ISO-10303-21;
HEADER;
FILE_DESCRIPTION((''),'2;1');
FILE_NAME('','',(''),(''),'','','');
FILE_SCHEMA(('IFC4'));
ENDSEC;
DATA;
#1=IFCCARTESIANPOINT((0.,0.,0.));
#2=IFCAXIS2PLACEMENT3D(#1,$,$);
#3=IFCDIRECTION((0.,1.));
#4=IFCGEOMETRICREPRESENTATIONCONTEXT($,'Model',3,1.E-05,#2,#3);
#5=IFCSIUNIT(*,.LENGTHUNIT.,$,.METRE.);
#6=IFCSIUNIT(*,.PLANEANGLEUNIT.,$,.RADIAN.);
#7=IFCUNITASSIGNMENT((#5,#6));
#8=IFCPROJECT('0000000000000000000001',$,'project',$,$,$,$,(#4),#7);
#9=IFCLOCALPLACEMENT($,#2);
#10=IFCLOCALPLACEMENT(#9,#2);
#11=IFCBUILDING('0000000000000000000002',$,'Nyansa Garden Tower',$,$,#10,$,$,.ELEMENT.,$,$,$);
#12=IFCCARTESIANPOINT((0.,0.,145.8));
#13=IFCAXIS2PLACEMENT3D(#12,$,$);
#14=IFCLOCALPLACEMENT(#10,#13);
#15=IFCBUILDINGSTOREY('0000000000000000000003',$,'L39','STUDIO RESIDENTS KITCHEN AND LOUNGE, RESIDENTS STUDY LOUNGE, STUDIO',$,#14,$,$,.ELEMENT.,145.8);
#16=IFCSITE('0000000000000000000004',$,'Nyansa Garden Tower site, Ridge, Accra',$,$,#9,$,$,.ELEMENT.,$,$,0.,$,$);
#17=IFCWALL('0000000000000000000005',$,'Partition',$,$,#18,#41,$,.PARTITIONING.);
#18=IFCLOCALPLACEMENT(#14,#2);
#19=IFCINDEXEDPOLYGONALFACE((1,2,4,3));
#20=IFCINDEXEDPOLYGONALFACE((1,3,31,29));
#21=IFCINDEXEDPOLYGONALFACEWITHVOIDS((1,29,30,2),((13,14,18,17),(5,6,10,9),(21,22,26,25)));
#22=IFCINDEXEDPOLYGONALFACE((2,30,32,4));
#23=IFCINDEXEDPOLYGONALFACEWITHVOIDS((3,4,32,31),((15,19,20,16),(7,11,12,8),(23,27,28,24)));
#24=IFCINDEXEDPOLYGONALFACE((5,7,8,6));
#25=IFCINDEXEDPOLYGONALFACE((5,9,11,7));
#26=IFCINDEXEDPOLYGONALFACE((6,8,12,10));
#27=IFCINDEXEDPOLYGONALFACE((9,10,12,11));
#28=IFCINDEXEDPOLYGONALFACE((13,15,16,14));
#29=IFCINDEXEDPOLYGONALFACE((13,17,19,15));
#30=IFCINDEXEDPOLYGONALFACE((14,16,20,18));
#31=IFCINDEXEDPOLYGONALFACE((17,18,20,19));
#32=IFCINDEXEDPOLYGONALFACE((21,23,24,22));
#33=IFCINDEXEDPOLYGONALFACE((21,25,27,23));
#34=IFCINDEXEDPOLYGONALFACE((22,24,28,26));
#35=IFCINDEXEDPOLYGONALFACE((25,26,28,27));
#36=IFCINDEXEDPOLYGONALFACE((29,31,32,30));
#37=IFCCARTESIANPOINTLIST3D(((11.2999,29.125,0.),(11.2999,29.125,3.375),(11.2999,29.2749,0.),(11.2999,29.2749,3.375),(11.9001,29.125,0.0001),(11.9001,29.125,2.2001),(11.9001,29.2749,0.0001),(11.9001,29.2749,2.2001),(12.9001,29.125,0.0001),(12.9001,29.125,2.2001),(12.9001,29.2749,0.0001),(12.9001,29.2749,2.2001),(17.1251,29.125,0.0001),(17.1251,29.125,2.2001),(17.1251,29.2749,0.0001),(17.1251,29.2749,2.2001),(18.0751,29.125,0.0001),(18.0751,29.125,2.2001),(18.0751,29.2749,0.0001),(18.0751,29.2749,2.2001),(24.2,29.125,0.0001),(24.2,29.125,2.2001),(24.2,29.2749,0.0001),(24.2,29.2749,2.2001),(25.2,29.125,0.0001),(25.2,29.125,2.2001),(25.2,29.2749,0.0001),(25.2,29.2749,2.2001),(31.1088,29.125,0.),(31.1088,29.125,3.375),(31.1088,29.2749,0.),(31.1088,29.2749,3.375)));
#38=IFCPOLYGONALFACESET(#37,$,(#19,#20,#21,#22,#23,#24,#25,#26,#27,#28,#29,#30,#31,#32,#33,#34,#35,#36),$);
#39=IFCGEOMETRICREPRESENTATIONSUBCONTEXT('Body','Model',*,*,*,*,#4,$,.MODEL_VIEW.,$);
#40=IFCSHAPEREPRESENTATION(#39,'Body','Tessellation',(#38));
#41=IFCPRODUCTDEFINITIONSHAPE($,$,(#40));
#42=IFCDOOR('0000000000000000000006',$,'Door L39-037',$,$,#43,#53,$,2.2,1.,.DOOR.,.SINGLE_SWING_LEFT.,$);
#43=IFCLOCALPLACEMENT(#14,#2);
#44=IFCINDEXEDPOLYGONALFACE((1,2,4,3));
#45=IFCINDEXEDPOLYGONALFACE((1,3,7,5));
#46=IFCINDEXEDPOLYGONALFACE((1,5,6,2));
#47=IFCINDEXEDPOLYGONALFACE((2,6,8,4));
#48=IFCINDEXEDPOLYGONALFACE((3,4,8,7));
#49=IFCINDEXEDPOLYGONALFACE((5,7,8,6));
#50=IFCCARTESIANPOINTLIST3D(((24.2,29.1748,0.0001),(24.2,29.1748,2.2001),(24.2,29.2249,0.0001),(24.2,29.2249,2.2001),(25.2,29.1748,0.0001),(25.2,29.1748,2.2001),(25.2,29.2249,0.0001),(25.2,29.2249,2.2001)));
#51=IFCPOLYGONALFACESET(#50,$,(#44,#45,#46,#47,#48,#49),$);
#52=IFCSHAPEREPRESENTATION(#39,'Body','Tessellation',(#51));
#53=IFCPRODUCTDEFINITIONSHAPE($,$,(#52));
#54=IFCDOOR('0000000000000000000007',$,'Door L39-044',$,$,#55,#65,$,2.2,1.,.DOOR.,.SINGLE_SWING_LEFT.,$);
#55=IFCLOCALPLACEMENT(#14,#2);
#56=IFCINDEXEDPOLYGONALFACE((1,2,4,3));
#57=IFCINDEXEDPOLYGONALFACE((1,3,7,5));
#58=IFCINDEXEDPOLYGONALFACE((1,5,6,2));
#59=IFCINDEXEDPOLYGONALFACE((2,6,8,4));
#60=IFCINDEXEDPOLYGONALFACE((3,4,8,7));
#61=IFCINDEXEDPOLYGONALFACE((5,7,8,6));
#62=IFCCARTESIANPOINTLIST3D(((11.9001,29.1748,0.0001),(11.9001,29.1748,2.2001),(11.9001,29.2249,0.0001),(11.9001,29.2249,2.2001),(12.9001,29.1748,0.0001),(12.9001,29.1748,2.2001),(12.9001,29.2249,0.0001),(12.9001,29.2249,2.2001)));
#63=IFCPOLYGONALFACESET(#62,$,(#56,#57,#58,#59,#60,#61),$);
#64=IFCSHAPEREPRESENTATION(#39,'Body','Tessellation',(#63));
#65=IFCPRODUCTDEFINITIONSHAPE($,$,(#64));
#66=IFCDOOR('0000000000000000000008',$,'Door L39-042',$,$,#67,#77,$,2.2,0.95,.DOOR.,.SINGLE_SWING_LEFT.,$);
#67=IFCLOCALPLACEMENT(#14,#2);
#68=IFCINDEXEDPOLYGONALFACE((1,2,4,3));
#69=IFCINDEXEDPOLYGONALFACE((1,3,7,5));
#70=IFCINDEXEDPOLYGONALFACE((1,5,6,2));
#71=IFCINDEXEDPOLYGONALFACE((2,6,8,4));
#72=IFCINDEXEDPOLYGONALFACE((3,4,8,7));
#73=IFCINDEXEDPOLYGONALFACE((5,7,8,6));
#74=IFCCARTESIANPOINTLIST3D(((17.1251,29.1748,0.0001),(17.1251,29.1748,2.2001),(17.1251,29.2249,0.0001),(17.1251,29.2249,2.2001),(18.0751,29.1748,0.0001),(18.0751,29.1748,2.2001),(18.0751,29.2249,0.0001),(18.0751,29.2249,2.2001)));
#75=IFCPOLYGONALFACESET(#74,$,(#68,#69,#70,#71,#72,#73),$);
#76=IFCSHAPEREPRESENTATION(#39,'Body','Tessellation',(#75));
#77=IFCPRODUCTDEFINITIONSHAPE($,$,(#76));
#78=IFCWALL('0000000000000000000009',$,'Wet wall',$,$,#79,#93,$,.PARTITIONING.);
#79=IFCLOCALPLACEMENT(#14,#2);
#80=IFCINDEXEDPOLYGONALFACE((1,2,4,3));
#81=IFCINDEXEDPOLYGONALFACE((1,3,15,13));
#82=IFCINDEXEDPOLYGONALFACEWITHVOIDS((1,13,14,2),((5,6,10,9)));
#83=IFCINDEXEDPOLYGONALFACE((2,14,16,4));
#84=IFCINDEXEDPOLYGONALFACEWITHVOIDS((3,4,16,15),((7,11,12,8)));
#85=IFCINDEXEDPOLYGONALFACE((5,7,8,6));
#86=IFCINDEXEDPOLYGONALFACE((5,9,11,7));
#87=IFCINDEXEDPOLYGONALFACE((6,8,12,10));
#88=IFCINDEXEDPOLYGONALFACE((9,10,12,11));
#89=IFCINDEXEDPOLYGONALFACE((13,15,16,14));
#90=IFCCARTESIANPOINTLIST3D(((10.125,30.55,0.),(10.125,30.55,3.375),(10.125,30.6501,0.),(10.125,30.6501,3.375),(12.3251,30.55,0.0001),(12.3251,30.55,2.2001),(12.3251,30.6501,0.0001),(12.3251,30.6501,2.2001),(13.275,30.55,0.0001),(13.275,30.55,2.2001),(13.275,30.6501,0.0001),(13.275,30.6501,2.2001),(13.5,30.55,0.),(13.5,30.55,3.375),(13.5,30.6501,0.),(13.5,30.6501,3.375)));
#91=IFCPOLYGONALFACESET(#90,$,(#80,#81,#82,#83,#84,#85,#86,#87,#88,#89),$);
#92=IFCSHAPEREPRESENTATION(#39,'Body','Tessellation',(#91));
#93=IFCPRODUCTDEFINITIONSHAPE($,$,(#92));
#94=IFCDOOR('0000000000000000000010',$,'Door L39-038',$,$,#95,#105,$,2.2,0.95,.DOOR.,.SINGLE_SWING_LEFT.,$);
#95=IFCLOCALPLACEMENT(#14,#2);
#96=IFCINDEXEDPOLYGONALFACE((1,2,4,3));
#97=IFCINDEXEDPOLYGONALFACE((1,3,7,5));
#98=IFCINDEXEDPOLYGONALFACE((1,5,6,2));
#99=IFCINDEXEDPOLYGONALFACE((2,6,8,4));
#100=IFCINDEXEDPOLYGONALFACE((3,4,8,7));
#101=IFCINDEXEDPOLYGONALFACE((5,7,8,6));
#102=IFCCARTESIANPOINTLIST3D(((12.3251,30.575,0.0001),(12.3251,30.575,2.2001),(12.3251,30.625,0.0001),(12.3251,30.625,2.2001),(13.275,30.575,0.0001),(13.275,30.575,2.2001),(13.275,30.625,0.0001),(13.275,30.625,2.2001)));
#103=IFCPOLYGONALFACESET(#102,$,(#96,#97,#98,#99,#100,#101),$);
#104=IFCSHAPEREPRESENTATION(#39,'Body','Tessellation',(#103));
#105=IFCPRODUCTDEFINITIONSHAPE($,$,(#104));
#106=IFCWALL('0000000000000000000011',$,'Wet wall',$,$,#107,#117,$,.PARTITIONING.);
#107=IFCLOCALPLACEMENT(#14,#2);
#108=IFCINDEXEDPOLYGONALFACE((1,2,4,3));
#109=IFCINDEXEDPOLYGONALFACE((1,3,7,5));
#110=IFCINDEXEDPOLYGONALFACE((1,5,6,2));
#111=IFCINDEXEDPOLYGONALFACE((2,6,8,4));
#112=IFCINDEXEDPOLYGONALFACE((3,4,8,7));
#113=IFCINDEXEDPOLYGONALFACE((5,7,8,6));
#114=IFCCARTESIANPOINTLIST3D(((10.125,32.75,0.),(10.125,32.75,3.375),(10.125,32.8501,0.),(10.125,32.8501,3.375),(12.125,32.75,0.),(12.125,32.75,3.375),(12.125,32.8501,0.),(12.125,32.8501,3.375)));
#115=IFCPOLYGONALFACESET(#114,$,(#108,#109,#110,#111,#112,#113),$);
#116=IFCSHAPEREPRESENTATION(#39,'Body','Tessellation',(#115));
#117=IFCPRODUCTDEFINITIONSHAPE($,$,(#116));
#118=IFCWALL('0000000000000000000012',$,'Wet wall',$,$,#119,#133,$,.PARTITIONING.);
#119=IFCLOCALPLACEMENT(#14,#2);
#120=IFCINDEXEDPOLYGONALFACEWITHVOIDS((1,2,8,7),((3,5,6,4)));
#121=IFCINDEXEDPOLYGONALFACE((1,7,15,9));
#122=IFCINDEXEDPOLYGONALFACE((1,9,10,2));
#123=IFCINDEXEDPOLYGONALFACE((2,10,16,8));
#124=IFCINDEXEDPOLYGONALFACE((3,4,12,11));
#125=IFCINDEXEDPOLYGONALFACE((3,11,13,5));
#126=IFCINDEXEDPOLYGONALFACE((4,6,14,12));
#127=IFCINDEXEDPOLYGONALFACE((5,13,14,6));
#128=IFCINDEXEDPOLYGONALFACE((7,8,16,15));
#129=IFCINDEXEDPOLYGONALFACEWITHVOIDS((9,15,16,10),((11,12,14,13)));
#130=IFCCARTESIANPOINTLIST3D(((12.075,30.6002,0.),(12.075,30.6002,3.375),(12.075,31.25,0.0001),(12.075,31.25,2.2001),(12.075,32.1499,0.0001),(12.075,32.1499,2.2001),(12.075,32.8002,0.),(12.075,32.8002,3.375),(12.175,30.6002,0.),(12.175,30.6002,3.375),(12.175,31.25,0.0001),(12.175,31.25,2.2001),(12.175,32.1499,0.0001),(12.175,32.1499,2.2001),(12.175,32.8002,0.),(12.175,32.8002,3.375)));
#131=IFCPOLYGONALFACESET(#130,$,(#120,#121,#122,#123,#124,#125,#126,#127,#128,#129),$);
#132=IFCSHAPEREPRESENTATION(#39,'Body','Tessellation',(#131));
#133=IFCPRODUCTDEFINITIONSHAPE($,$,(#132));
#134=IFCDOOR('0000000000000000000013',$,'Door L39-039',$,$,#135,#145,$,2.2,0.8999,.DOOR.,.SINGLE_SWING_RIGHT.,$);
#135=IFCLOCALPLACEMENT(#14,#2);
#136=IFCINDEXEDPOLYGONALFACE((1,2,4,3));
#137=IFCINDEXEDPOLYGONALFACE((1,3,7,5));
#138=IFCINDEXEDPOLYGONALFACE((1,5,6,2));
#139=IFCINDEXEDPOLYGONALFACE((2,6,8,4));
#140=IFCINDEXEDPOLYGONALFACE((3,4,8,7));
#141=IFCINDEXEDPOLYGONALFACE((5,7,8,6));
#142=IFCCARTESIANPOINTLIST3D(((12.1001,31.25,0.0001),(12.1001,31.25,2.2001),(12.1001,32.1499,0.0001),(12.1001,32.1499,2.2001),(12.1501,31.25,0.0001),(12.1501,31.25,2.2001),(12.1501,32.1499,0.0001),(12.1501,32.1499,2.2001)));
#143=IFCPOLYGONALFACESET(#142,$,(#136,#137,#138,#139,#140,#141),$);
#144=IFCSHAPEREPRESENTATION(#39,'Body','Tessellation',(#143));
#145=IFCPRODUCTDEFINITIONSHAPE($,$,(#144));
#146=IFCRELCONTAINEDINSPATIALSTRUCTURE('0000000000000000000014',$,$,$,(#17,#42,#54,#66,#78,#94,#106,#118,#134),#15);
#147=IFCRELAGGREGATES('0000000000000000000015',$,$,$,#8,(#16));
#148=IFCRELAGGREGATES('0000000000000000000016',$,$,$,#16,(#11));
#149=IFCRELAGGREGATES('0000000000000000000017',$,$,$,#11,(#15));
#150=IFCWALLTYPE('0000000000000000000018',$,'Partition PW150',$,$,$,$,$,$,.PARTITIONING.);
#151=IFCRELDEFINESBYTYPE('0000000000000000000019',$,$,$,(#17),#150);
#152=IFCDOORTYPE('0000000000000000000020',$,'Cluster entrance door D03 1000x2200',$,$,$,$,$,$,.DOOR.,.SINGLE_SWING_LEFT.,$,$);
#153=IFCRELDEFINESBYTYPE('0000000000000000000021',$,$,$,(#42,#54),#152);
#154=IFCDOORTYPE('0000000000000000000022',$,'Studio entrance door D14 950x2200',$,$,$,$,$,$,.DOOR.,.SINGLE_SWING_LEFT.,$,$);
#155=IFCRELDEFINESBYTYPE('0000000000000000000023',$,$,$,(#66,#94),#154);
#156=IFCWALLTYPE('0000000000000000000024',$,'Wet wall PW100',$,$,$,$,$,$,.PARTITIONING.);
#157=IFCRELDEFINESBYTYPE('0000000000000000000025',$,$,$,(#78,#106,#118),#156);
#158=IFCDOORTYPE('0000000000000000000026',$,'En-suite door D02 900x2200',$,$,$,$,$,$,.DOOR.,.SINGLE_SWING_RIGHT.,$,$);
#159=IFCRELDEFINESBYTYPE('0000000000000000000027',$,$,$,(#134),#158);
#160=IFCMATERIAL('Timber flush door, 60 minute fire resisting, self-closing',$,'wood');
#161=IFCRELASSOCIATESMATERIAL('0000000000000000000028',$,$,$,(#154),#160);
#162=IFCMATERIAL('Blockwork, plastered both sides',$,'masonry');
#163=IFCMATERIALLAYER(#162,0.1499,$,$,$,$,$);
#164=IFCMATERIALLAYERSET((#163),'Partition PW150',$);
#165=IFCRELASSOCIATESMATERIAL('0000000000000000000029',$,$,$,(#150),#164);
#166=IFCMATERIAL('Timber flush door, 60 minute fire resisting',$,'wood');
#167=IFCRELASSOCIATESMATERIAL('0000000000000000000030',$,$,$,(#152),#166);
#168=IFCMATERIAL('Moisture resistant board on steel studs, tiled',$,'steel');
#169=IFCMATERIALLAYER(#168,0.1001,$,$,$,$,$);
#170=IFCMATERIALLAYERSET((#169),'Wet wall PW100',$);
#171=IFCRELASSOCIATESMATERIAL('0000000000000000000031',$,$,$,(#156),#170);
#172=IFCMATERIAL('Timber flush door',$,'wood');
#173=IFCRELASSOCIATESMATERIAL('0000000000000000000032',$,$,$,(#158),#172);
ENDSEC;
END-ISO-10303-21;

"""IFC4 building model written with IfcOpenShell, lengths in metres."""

from ifc_helpers import new_model, si_unit, direction, frame, frame_2d, origin, place, context, subcontext, project, spatial, rectangle, extrude, material, layer, layer_set, type_object, element, fill, save


model = new_model("IFC4")

# Units and contexts
model_context = context("Model", 3, precision=1e-05, world=origin(), true_north=direction((0.0, 1.0)))
body_context = subcontext(model_context, "Body", "Model", "MODEL_VIEW")
ifc_project = project(units=[si_unit("LENGTHUNIT", "METRE"), si_unit("PLANEANGLEUNIT", "RADIAN")], contexts=[model_context])

# Site, building, storey
site_placement = place(None, origin())
site = spatial("IfcSite", under=ifc_project, at=site_placement, Name="Nyansa Garden Tower site, Ridge, Accra", CompositionType="ELEMENT", RefElevation=0.0)
building_placement = place(site_placement, origin())
building = spatial("IfcBuilding", under=site, at=building_placement, Name="Nyansa Garden Tower", CompositionType="ELEMENT")
storey_placement = place(building_placement, frame((0.0, 0.0, 145.8)))
storey = spatial("IfcBuildingStorey", under=building, at=storey_placement, Name="L39", Description="STUDIO RESIDENTS KITCHEN AND LOUNGE, RESIDENTS STUDY LOUNGE, STUDIO", CompositionType="ELEMENT", Elevation=145.8)

# Shared definitions
ifc_material_1 = material(Name="Timber flush door, 60 minute fire resisting, self-closing", Category="wood")
door_type_1 = type_object("IfcDoorType", Name="Studio entrance door D14 950x2200", OperationType="SINGLE_SWING_LEFT", PredefinedType="DOOR", material=ifc_material_1)

# Wall, openings, doors
ifc_material_2 = material(Name="Blockwork, plastered both sides", Category="masonry")
ifc_layer_1 = layer(ifc_material_2, 0.1499)
ifc_layer_set_1 = layer_set([ifc_layer_1], Name="Partition PW150")
wall_type_1 = type_object("IfcWallType", Name="Partition PW150", PredefinedType="PARTITIONING", material=ifc_layer_set_1)
wall_1_placement = place(storey_placement, frame((11.3, 29.2, 0.0), z_axis=(0.0, 0.0, 1.0), x_axis=(1.0, 0.0, 0.0)))
wall_1 = element("IfcWall", 1, at=wall_1_placement, inside=storey, type_object=wall_type_1, Name="Partition", PredefinedType="PARTITIONING", context=body_context, shape_type="SweptSolid", body=[
    extrude(rectangle(XDim=19.8088, YDim=0.1499, at=frame_2d((9.9043, 0.0))), origin(), (0.0, 0.0, 1.0), 3.375),
])
opening_1_placement = place(wall_1_placement, frame((12.8999, 0.0, 0.0)))
opening_1 = element("IfcOpeningElement", 2, at=opening_1_placement, cuts=wall_1, PredefinedType="OPENING", context=body_context, shape_type="SweptSolid", body=[
    extrude(rectangle(XDim=1.0, YDim=2.2, at=frame_2d((0.5, 1.1001))), frame((0.0, 0.085, 0.0), z_axis=(0.0, -1.0, 0.0), x_axis=(1.0, 0.0, 0.0)), (0.0, 0.0, 1.0), 0.1699),
])
opening_2_placement = place(wall_1_placement, frame((5.825, 0.0, 0.0)))
opening_2 = element("IfcOpeningElement", 3, at=opening_2_placement, cuts=wall_1, PredefinedType="OPENING", context=body_context, shape_type="SweptSolid", body=[
    extrude(rectangle(XDim=0.95, YDim=2.2, at=frame_2d((0.4751, 1.1001))), frame((0.0, 0.085, 0.0), z_axis=(0.0, -1.0, 0.0), x_axis=(1.0, 0.0, 0.0)), (0.0, 0.0, 1.0), 0.1699),
])
opening_3_placement = place(wall_1_placement, frame((0.6001, 0.0, 0.0)))
opening_3 = element("IfcOpeningElement", 4, at=opening_3_placement, cuts=wall_1, PredefinedType="OPENING", context=body_context, shape_type="SweptSolid", body=[
    extrude(rectangle(XDim=1.0, YDim=2.2, at=frame_2d((0.5, 1.1001))), frame((0.0, 0.085, 0.0), z_axis=(0.0, -1.0, 0.0), x_axis=(1.0, 0.0, 0.0)), (0.0, 0.0, 1.0), 0.1699),
])
ifc_material_3 = material(Name="Timber flush door, 60 minute fire resisting", Category="wood")
door_type_2 = type_object("IfcDoorType", Name="Cluster entrance door D03 1000x2200", OperationType="SINGLE_SWING_LEFT", PredefinedType="DOOR", material=ifc_material_3)
door_1_placement = place(opening_1_placement, origin())
door_1 = element("IfcDoor", 5, at=door_1_placement, inside=storey, type_object=door_type_2, Name="Door L39-037", OperationType="SINGLE_SWING_LEFT", OverallHeight=2.2, OverallWidth=1.0, PredefinedType="DOOR", context=body_context, shape_type="SweptSolid", body=[
    extrude(rectangle(XDim=1.0, YDim=2.2, at=frame_2d((0.5, 1.1001))), frame((0.0, 0.0249, 0.0), z_axis=(0.0, -1.0, 0.0), x_axis=(1.0, 0.0, 0.0)), (0.0, 0.0, 1.0), 0.05),
])
fill(opening_1, door_1)
door_2_placement = place(opening_3_placement, origin())
door_2 = element("IfcDoor", 6, at=door_2_placement, inside=storey, type_object=door_type_2, Name="Door L39-044", OperationType="SINGLE_SWING_LEFT", OverallHeight=2.2, OverallWidth=1.0, PredefinedType="DOOR", context=body_context, shape_type="SweptSolid", body=[
    extrude(rectangle(XDim=1.0, YDim=2.2, at=frame_2d((0.5, 1.1001))), frame((0.0, 0.0249, 0.0), z_axis=(0.0, -1.0, 0.0), x_axis=(1.0, 0.0, 0.0)), (0.0, 0.0, 1.0), 0.05),
])
fill(opening_3, door_2)
door_3_placement = place(opening_2_placement, origin())
door_3 = element("IfcDoor", 7, at=door_3_placement, inside=storey, type_object=door_type_1, Name="Door L39-042", OperationType="SINGLE_SWING_LEFT", OverallHeight=2.2, OverallWidth=0.95, PredefinedType="DOOR", context=body_context, shape_type="SweptSolid", body=[
    extrude(rectangle(XDim=0.95, YDim=2.2, at=frame_2d((0.4751, 1.1001))), frame((0.0, 0.0249, 0.0), z_axis=(0.0, -1.0, 0.0), x_axis=(1.0, 0.0, 0.0)), (0.0, 0.0, 1.0), 0.05),
])
fill(opening_2, door_3)

# Wall, opening, door
ifc_material_4 = material(Name="Moisture resistant board on steel studs, tiled", Category="steel")
ifc_layer_2 = layer(ifc_material_4, 0.1001)
ifc_layer_set_2 = layer_set([ifc_layer_2], Name="Wet wall PW100")
wall_type_2 = type_object("IfcWallType", Name="Wet wall PW100", PredefinedType="PARTITIONING", material=ifc_layer_set_2)
wall_2_placement = place(storey_placement, frame((10.125, 30.6001, 0.0), z_axis=(0.0, 0.0, 1.0), x_axis=(1.0, 0.0, 0.0)))
wall_2 = element("IfcWall", 8, at=wall_2_placement, inside=storey, type_object=wall_type_2, Name="Wet wall", PredefinedType="PARTITIONING", context=body_context, shape_type="SweptSolid", body=[
    extrude(rectangle(XDim=3.375, YDim=0.1001, at=frame_2d((1.6875, 0.0))), origin(), (0.0, 0.0, 1.0), 3.375),
])
opening_4_placement = place(wall_2_placement, frame((2.2, 0.0, 0.0)))
opening_4 = element("IfcOpeningElement", 9, at=opening_4_placement, cuts=wall_2, PredefinedType="OPENING", context=body_context, shape_type="SweptSolid", body=[
    extrude(rectangle(XDim=0.95, YDim=2.2, at=frame_2d((0.4751, 1.1001))), frame((0.0, 0.0601, 0.0), z_axis=(0.0, -1.0, 0.0), x_axis=(1.0, 0.0, 0.0)), (0.0, 0.0, 1.0), 0.1201),
])
door_4_placement = place(opening_4_placement, origin())
door_4 = element("IfcDoor", 10, at=door_4_placement, inside=storey, type_object=door_type_1, Name="Door L39-038", OperationType="SINGLE_SWING_LEFT", OverallHeight=2.2, OverallWidth=0.95, PredefinedType="DOOR", context=body_context, shape_type="SweptSolid", body=[
    extrude(rectangle(XDim=0.95, YDim=2.2, at=frame_2d((0.4751, 1.1001))), frame((0.0, 0.0249, 0.0), z_axis=(0.0, -1.0, 0.0), x_axis=(1.0, 0.0, 0.0)), (0.0, 0.0, 1.0), 0.05),
])
fill(opening_4, door_4)

# Wall
wall_3_placement = place(storey_placement, frame((10.125, 32.8, 0.0), z_axis=(0.0, 0.0, 1.0), x_axis=(1.0, 0.0, 0.0)))
element("IfcWall", 11, at=wall_3_placement, inside=storey, type_object=wall_type_2, Name="Wet wall", PredefinedType="PARTITIONING", context=body_context, shape_type="SweptSolid", body=[
    extrude(rectangle(XDim=2.0, YDim=0.1001, at=frame_2d((1.0, 0.0))), origin(), (0.0, 0.0, 1.0), 3.375),
])

# Wall, opening, door
wall_4_placement = place(storey_placement, frame((12.125, 30.6001, 0.0), z_axis=(0.0, 0.0, 1.0), x_axis=(0.0, 1.0, 0.0)))
wall_4 = element("IfcWall", 12, at=wall_4_placement, inside=storey, type_object=wall_type_2, Name="Wet wall", PredefinedType="PARTITIONING", context=body_context, shape_type="SweptSolid", body=[
    extrude(rectangle(XDim=2.2, YDim=0.1001, at=frame_2d((1.1001, 0.0))), origin(), (0.0, 0.0, 1.0), 3.375),
])
opening_5_placement = place(wall_4_placement, frame((0.6499, 0.0, 0.0)))
opening_5 = element("IfcOpeningElement", 13, at=opening_5_placement, cuts=wall_4, PredefinedType="OPENING", context=body_context, shape_type="SweptSolid", body=[
    extrude(rectangle(XDim=0.8999, YDim=2.2, at=frame_2d((0.45, 1.1001))), frame((0.0, 0.0601, 0.0), z_axis=(0.0, -1.0, 0.0), x_axis=(1.0, 0.0, 0.0)), (0.0, 0.0, 1.0), 0.1201),
])
ifc_material_5 = material(Name="Timber flush door", Category="wood")
door_type_3 = type_object("IfcDoorType", Name="En-suite door D02 900x2200", OperationType="SINGLE_SWING_RIGHT", PredefinedType="DOOR", material=ifc_material_5)
door_5_placement = place(opening_5_placement, origin())
door_5 = element("IfcDoor", 14, at=door_5_placement, inside=storey, type_object=door_type_3, Name="Door L39-039", OperationType="SINGLE_SWING_RIGHT", OverallHeight=2.2, OverallWidth=0.8999, PredefinedType="DOOR", context=body_context, shape_type="SweptSolid", body=[
    extrude(rectangle(XDim=0.8999, YDim=2.2, at=frame_2d((0.45, 1.1001))), frame((0.0, 0.0249, 0.0), z_axis=(0.0, -1.0, 0.0), x_axis=(1.0, 0.0, 0.0)), (0.0, 0.0, 1.0), 0.05),
])
fill(opening_5, door_5)

save(model, "model.ifc")
